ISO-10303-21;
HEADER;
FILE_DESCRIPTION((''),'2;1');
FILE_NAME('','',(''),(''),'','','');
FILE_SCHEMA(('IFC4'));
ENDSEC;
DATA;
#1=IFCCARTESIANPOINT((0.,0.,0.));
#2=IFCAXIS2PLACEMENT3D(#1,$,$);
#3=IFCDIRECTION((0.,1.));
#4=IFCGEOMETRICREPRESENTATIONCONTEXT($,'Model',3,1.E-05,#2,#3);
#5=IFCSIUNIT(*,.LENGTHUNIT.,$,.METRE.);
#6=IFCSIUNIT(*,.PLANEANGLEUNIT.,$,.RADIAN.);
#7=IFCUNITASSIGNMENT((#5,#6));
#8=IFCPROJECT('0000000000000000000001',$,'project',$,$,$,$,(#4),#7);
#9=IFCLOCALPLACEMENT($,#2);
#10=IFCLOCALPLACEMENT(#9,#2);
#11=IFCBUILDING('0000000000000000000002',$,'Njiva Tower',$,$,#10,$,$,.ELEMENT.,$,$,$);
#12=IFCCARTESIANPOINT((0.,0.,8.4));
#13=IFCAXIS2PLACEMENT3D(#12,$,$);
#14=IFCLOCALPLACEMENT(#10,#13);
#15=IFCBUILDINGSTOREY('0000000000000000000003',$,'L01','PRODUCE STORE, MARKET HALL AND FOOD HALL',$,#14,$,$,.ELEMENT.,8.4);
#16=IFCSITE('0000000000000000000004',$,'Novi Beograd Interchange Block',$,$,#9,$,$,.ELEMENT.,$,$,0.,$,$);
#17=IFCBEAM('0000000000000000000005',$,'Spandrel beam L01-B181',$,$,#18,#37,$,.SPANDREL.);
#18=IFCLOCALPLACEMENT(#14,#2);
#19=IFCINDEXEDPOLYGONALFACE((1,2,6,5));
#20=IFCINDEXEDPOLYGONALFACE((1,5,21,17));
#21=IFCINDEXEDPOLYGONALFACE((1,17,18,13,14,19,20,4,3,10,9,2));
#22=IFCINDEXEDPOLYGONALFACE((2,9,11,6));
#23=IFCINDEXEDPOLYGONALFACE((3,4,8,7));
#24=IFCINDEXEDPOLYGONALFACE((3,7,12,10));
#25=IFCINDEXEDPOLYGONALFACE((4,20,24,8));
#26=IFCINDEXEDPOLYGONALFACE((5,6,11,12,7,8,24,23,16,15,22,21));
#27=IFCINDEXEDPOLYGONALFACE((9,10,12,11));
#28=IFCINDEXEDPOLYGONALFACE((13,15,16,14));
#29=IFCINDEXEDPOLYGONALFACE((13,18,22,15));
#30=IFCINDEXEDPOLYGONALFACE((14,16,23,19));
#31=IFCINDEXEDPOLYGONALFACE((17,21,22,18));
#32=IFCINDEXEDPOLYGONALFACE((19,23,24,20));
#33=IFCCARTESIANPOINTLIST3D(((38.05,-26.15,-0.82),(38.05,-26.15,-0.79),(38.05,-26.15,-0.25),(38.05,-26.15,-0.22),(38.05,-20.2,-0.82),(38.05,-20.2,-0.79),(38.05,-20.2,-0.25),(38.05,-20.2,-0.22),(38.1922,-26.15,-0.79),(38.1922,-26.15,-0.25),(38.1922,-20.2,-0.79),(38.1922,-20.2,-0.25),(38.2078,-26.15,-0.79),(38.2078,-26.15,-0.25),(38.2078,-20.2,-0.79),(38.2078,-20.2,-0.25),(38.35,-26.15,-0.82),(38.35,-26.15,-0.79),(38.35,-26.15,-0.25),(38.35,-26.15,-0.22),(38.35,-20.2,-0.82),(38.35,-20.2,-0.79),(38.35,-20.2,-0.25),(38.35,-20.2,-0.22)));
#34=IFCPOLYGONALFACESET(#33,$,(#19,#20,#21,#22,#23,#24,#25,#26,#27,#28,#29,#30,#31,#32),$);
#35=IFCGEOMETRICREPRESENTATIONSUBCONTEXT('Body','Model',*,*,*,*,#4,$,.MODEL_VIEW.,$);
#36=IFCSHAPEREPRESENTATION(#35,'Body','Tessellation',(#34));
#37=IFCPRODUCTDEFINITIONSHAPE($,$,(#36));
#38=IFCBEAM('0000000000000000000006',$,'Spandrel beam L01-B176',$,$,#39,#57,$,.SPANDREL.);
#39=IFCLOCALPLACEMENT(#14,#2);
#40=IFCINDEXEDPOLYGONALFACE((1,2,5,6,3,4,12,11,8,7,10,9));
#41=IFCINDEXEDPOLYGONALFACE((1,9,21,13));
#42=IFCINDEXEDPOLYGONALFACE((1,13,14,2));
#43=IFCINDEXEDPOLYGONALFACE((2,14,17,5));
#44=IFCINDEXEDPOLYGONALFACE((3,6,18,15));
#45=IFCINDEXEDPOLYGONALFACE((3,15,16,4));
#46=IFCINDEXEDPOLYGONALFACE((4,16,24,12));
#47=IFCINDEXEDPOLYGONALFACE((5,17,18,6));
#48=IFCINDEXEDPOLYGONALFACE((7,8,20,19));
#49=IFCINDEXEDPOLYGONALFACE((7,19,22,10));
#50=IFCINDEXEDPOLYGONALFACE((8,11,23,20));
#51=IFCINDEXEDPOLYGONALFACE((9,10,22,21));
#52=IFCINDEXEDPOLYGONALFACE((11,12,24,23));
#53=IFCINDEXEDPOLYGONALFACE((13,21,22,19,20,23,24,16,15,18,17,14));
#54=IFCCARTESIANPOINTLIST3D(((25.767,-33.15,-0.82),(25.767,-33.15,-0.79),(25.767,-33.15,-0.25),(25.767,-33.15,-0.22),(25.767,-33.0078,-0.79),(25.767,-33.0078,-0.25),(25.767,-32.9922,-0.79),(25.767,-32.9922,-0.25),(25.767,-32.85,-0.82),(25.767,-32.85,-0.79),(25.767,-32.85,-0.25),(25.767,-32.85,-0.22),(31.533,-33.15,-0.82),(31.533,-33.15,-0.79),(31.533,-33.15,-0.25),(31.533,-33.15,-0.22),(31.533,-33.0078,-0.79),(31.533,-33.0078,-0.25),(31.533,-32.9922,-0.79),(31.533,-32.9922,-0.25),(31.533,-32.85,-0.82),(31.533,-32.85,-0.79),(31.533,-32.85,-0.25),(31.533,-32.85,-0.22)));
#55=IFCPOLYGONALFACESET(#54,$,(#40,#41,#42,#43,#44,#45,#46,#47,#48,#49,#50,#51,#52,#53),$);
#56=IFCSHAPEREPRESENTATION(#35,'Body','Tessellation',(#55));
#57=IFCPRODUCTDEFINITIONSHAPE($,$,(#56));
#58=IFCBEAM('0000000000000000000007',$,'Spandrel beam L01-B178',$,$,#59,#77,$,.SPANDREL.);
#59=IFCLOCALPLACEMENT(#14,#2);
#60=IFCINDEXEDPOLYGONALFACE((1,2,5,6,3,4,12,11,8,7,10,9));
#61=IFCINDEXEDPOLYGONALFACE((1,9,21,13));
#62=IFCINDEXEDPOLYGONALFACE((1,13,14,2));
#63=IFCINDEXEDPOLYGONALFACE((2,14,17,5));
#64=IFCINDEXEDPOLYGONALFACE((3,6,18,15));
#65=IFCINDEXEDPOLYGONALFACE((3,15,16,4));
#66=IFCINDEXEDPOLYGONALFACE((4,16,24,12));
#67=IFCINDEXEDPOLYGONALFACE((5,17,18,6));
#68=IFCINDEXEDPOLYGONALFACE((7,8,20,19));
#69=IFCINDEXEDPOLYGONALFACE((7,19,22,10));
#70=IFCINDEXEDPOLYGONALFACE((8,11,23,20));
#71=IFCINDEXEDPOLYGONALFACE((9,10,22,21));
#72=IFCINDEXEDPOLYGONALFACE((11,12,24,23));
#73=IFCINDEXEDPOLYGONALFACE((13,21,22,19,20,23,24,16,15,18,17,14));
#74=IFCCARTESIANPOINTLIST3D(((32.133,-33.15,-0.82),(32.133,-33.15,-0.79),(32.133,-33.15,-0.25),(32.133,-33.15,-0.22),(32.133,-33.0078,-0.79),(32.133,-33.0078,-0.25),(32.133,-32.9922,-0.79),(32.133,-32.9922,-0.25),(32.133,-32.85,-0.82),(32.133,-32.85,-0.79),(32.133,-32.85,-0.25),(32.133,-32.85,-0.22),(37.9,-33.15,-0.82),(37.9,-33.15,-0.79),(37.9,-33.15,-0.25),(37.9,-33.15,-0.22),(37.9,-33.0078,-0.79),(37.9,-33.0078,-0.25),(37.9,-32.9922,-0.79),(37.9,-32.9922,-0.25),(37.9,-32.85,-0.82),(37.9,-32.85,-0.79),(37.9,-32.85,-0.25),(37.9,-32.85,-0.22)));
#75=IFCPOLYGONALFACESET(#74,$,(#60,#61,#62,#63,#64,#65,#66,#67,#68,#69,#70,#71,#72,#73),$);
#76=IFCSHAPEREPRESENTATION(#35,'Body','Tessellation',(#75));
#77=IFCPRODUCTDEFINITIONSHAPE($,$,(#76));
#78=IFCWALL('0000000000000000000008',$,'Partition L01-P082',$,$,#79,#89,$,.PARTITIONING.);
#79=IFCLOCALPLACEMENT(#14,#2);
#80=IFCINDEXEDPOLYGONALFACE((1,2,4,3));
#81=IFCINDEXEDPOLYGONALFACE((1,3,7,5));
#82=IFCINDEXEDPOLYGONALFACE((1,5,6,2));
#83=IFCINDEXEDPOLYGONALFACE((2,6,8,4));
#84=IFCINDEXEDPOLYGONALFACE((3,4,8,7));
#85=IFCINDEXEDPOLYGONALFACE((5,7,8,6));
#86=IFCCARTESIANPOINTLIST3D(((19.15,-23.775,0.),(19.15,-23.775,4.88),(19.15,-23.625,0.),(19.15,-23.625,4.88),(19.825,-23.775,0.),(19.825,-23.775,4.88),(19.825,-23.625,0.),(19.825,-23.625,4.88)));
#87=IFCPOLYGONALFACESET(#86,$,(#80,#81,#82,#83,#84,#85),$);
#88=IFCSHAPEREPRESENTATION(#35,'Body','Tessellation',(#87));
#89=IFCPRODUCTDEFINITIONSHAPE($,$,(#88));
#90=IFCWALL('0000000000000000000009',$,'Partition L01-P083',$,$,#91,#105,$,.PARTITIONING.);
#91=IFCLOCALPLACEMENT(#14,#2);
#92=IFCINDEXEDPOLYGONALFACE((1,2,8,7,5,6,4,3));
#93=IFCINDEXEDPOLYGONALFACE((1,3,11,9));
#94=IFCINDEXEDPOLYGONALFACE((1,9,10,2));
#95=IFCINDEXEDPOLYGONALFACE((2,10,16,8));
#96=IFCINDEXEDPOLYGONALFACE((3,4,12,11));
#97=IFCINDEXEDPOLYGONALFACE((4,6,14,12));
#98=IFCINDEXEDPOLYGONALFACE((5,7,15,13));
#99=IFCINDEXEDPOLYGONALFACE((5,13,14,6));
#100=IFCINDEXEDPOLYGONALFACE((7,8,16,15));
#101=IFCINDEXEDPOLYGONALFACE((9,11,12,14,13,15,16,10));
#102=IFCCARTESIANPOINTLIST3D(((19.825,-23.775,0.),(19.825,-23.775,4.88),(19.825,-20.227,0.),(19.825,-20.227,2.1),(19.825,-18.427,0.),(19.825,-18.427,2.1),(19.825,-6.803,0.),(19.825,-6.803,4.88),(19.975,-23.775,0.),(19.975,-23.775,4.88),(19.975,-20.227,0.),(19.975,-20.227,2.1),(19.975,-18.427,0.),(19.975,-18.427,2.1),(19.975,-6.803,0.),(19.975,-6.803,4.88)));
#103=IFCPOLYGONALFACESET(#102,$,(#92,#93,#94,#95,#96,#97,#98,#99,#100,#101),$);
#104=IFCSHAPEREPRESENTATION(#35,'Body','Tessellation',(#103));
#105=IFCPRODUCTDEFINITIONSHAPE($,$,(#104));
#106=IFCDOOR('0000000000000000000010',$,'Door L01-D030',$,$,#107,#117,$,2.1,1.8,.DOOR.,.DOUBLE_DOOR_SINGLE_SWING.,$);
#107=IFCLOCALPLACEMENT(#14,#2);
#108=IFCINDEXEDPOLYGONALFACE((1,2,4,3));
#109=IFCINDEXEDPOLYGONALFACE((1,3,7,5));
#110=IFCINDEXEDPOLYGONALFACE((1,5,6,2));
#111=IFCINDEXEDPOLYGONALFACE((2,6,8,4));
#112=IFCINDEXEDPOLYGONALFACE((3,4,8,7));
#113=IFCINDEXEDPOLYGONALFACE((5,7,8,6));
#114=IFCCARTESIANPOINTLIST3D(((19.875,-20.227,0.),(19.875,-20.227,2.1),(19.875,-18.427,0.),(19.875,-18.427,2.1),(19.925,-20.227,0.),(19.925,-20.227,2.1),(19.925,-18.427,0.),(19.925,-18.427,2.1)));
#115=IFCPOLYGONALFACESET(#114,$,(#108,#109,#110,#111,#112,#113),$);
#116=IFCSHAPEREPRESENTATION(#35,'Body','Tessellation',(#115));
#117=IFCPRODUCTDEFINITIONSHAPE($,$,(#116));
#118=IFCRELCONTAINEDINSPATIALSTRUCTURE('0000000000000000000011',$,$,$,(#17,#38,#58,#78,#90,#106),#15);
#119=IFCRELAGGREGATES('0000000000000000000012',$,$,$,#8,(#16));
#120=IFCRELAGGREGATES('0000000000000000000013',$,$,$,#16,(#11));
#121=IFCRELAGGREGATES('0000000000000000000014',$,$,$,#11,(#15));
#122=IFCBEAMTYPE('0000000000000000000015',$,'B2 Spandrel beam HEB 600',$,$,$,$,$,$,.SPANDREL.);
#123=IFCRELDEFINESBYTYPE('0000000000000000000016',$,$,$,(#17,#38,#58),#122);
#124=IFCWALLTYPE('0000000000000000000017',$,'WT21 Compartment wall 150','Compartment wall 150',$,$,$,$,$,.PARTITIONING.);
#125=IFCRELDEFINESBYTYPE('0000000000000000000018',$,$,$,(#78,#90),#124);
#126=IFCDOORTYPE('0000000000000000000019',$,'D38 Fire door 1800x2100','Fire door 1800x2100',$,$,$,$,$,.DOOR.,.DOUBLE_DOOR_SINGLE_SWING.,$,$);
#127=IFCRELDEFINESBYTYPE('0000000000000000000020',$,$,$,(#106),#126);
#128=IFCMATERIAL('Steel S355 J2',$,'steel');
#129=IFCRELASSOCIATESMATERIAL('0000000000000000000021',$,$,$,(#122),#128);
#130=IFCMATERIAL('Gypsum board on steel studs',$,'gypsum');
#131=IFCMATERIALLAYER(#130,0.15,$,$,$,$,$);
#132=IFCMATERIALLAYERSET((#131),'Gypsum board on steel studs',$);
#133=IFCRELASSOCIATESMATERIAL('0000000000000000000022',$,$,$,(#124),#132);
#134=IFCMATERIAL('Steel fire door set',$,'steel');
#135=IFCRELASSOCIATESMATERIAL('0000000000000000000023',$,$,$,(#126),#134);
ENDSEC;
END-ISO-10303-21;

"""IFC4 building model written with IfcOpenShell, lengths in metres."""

from ifc_helpers import new_model, si_unit, direction, frame, frame_2d, origin, origin_2d, place, context, subcontext, project, spatial, rectangle, i_section, extrude, material, layer, layer_set, material_profile, profile_set, type_object, element, fill, save


model = new_model("IFC4")

# Units and contexts
model_context = context("Model", 3, precision=1e-05, world=origin(), true_north=direction((0.0, 1.0)))
body_context = subcontext(model_context, "Body", "Model", "MODEL_VIEW")
ifc_project = project(units=[si_unit("LENGTHUNIT", "METRE"), si_unit("PLANEANGLEUNIT", "RADIAN")], contexts=[model_context])

# Site, building, storey
site_placement = place(None, origin())
site = spatial("IfcSite", under=ifc_project, at=site_placement, Name="Novi Beograd Interchange Block", CompositionType="ELEMENT", RefElevation=0.0)
building_placement = place(site_placement, origin())
building = spatial("IfcBuilding", under=site, at=building_placement, Name="Njiva Tower", CompositionType="ELEMENT")
storey_placement = place(building_placement, frame((0.0, 0.0, 8.4)))
storey = spatial("IfcBuildingStorey", under=building, at=storey_placement, Name="L01", Description="PRODUCE STORE, MARKET HALL AND FOOD HALL", CompositionType="ELEMENT", Elevation=8.4)

# Shared definitions
ifc_material_1 = material(Name="Steel S355 J2", Category="steel")

# Beams
ifc_material_profile_1 = material_profile(ifc_material_1, i_section(OverallWidth=0.3, OverallDepth=0.6, WebThickness=0.0155, FlangeThickness=0.03, at=origin_2d()), Name="HEB 600")
ifc_profile_set_1 = profile_set([ifc_material_profile_1], Name="Steel S355 J2")
beam_type_1 = type_object("IfcBeamType", Name="B2 Spandrel beam HEB 600", PredefinedType="SPANDREL", material=ifc_profile_set_1)
for number, where, z_axis, x_axis, name in (
    (1, (38.2, -26.15, -0.52), (0.0, 1.0, 0.0), (-1.0, 0.0, 0.0), "Spandrel beam L01-B181"),
):
    element("IfcBeam", number, at=place(storey_placement, frame(where, z_axis=z_axis, x_axis=x_axis)), inside=storey, type_object=beam_type_1, Name=name, PredefinedType="SPANDREL", context=body_context, shape_type="SweptSolid", body=[
        extrude(i_section(OverallWidth=0.3, OverallDepth=0.6, WebThickness=0.0155, FlangeThickness=0.03, at=origin_2d()), origin(), (0.0, 0.0, 1.0), 5.95),
    ])
beam_1_placement = place(storey_placement, frame((25.767, -33.0, -0.52), z_axis=(1.0, 0.0, 0.0), x_axis=(0.0, 1.0, 0.0)))
element("IfcBeam", 2, at=beam_1_placement, inside=storey, type_object=beam_type_1, Name="Spandrel beam L01-B176", PredefinedType="SPANDREL", context=body_context, shape_type="SweptSolid", body=[
    extrude(i_section(OverallWidth=0.3, OverallDepth=0.6, WebThickness=0.0155, FlangeThickness=0.03, at=origin_2d()), origin(), (0.0, 0.0, 1.0), 5.766),
])
beam_2_placement = place(storey_placement, frame((32.133, -33.0, -0.52), z_axis=(1.0, 0.0, 0.0), x_axis=(0.0, 1.0, 0.0)))
element("IfcBeam", 3, at=beam_2_placement, inside=storey, type_object=beam_type_1, Name="Spandrel beam L01-B178", PredefinedType="SPANDREL", context=body_context, shape_type="SweptSolid", body=[
    extrude(i_section(OverallWidth=0.3, OverallDepth=0.6, WebThickness=0.0155, FlangeThickness=0.03, at=origin_2d()), origin(), (0.0, 0.0, 1.0), 5.767),
])

# Wall
ifc_material_2 = material(Name="Gypsum board on steel studs", Category="gypsum")
ifc_layer_1 = layer(ifc_material_2, 0.15)
ifc_layer_set_1 = layer_set([ifc_layer_1], Name="Gypsum board on steel studs")
wall_type_1 = type_object("IfcWallType", Name="WT21 Compartment wall 150", Description="Compartment wall 150", PredefinedType="PARTITIONING", material=ifc_layer_set_1)
wall_1_placement = place(storey_placement, frame((19.15, -23.7, 0.0), z_axis=(0.0, 0.0, 1.0), x_axis=(1.0, 0.0, 0.0)))
element("IfcWall", 4, at=wall_1_placement, inside=storey, type_object=wall_type_1, Name="Partition L01-P082", PredefinedType="PARTITIONING", context=body_context, shape_type="SweptSolid", body=[
    extrude(rectangle(XDim=0.675, YDim=0.15, at=frame_2d((0.3375, 0.0))), origin(), (0.0, 0.0, 1.0), 4.88),
])

# Wall, opening, door
wall_2_placement = place(storey_placement, frame((19.9, -23.775, 0.0), z_axis=(0.0, 0.0, 1.0), x_axis=(0.0, 1.0, 0.0)))
wall_2 = element("IfcWall", 5, at=wall_2_placement, inside=storey, type_object=wall_type_1, Name="Partition L01-P083", PredefinedType="PARTITIONING", context=body_context, shape_type="SweptSolid", body=[
    extrude(rectangle(XDim=16.972, YDim=0.15, at=frame_2d((8.486, 0.0))), origin(), (0.0, 0.0, 1.0), 4.88),
])
opening_1_placement = place(wall_2_placement, frame((3.548, 0.0, 0.0)))
opening_1 = element("IfcOpeningElement", 6, at=opening_1_placement, cuts=wall_2, PredefinedType="OPENING", context=body_context, shape_type="SweptSolid", body=[
    extrude(rectangle(XDim=1.8, YDim=2.1, at=frame_2d((0.9, 1.05))), frame((0.0, 0.085, 0.0), z_axis=(0.0, -1.0, 0.0), x_axis=(1.0, 0.0, 0.0)), (0.0, 0.0, 1.0), 0.17),
])
ifc_material_3 = material(Name="Steel fire door set", Category="steel")
door_type = type_object("IfcDoorType", Name="D38 Fire door 1800x2100", Description="Fire door 1800x2100", OperationType="DOUBLE_DOOR_SINGLE_SWING", PredefinedType="DOOR", material=ifc_material_3)
door_placement = place(opening_1_placement, origin())
door = element("IfcDoor", 7, at=door_placement, inside=storey, type_object=door_type, Name="Door L01-D030", OperationType="DOUBLE_DOOR_SINGLE_SWING", OverallHeight=2.1, OverallWidth=1.8, PredefinedType="DOOR", context=body_context, shape_type="SweptSolid", body=[
    extrude(rectangle(XDim=1.8, YDim=2.1, at=frame_2d((0.9, 1.05))), frame((0.0, 0.025, 0.0), z_axis=(0.0, -1.0, 0.0), x_axis=(1.0, 0.0, 0.0)), (0.0, 0.0, 1.0), 0.05),
])
fill(opening_1, door)

save(model, "model.ifc")
